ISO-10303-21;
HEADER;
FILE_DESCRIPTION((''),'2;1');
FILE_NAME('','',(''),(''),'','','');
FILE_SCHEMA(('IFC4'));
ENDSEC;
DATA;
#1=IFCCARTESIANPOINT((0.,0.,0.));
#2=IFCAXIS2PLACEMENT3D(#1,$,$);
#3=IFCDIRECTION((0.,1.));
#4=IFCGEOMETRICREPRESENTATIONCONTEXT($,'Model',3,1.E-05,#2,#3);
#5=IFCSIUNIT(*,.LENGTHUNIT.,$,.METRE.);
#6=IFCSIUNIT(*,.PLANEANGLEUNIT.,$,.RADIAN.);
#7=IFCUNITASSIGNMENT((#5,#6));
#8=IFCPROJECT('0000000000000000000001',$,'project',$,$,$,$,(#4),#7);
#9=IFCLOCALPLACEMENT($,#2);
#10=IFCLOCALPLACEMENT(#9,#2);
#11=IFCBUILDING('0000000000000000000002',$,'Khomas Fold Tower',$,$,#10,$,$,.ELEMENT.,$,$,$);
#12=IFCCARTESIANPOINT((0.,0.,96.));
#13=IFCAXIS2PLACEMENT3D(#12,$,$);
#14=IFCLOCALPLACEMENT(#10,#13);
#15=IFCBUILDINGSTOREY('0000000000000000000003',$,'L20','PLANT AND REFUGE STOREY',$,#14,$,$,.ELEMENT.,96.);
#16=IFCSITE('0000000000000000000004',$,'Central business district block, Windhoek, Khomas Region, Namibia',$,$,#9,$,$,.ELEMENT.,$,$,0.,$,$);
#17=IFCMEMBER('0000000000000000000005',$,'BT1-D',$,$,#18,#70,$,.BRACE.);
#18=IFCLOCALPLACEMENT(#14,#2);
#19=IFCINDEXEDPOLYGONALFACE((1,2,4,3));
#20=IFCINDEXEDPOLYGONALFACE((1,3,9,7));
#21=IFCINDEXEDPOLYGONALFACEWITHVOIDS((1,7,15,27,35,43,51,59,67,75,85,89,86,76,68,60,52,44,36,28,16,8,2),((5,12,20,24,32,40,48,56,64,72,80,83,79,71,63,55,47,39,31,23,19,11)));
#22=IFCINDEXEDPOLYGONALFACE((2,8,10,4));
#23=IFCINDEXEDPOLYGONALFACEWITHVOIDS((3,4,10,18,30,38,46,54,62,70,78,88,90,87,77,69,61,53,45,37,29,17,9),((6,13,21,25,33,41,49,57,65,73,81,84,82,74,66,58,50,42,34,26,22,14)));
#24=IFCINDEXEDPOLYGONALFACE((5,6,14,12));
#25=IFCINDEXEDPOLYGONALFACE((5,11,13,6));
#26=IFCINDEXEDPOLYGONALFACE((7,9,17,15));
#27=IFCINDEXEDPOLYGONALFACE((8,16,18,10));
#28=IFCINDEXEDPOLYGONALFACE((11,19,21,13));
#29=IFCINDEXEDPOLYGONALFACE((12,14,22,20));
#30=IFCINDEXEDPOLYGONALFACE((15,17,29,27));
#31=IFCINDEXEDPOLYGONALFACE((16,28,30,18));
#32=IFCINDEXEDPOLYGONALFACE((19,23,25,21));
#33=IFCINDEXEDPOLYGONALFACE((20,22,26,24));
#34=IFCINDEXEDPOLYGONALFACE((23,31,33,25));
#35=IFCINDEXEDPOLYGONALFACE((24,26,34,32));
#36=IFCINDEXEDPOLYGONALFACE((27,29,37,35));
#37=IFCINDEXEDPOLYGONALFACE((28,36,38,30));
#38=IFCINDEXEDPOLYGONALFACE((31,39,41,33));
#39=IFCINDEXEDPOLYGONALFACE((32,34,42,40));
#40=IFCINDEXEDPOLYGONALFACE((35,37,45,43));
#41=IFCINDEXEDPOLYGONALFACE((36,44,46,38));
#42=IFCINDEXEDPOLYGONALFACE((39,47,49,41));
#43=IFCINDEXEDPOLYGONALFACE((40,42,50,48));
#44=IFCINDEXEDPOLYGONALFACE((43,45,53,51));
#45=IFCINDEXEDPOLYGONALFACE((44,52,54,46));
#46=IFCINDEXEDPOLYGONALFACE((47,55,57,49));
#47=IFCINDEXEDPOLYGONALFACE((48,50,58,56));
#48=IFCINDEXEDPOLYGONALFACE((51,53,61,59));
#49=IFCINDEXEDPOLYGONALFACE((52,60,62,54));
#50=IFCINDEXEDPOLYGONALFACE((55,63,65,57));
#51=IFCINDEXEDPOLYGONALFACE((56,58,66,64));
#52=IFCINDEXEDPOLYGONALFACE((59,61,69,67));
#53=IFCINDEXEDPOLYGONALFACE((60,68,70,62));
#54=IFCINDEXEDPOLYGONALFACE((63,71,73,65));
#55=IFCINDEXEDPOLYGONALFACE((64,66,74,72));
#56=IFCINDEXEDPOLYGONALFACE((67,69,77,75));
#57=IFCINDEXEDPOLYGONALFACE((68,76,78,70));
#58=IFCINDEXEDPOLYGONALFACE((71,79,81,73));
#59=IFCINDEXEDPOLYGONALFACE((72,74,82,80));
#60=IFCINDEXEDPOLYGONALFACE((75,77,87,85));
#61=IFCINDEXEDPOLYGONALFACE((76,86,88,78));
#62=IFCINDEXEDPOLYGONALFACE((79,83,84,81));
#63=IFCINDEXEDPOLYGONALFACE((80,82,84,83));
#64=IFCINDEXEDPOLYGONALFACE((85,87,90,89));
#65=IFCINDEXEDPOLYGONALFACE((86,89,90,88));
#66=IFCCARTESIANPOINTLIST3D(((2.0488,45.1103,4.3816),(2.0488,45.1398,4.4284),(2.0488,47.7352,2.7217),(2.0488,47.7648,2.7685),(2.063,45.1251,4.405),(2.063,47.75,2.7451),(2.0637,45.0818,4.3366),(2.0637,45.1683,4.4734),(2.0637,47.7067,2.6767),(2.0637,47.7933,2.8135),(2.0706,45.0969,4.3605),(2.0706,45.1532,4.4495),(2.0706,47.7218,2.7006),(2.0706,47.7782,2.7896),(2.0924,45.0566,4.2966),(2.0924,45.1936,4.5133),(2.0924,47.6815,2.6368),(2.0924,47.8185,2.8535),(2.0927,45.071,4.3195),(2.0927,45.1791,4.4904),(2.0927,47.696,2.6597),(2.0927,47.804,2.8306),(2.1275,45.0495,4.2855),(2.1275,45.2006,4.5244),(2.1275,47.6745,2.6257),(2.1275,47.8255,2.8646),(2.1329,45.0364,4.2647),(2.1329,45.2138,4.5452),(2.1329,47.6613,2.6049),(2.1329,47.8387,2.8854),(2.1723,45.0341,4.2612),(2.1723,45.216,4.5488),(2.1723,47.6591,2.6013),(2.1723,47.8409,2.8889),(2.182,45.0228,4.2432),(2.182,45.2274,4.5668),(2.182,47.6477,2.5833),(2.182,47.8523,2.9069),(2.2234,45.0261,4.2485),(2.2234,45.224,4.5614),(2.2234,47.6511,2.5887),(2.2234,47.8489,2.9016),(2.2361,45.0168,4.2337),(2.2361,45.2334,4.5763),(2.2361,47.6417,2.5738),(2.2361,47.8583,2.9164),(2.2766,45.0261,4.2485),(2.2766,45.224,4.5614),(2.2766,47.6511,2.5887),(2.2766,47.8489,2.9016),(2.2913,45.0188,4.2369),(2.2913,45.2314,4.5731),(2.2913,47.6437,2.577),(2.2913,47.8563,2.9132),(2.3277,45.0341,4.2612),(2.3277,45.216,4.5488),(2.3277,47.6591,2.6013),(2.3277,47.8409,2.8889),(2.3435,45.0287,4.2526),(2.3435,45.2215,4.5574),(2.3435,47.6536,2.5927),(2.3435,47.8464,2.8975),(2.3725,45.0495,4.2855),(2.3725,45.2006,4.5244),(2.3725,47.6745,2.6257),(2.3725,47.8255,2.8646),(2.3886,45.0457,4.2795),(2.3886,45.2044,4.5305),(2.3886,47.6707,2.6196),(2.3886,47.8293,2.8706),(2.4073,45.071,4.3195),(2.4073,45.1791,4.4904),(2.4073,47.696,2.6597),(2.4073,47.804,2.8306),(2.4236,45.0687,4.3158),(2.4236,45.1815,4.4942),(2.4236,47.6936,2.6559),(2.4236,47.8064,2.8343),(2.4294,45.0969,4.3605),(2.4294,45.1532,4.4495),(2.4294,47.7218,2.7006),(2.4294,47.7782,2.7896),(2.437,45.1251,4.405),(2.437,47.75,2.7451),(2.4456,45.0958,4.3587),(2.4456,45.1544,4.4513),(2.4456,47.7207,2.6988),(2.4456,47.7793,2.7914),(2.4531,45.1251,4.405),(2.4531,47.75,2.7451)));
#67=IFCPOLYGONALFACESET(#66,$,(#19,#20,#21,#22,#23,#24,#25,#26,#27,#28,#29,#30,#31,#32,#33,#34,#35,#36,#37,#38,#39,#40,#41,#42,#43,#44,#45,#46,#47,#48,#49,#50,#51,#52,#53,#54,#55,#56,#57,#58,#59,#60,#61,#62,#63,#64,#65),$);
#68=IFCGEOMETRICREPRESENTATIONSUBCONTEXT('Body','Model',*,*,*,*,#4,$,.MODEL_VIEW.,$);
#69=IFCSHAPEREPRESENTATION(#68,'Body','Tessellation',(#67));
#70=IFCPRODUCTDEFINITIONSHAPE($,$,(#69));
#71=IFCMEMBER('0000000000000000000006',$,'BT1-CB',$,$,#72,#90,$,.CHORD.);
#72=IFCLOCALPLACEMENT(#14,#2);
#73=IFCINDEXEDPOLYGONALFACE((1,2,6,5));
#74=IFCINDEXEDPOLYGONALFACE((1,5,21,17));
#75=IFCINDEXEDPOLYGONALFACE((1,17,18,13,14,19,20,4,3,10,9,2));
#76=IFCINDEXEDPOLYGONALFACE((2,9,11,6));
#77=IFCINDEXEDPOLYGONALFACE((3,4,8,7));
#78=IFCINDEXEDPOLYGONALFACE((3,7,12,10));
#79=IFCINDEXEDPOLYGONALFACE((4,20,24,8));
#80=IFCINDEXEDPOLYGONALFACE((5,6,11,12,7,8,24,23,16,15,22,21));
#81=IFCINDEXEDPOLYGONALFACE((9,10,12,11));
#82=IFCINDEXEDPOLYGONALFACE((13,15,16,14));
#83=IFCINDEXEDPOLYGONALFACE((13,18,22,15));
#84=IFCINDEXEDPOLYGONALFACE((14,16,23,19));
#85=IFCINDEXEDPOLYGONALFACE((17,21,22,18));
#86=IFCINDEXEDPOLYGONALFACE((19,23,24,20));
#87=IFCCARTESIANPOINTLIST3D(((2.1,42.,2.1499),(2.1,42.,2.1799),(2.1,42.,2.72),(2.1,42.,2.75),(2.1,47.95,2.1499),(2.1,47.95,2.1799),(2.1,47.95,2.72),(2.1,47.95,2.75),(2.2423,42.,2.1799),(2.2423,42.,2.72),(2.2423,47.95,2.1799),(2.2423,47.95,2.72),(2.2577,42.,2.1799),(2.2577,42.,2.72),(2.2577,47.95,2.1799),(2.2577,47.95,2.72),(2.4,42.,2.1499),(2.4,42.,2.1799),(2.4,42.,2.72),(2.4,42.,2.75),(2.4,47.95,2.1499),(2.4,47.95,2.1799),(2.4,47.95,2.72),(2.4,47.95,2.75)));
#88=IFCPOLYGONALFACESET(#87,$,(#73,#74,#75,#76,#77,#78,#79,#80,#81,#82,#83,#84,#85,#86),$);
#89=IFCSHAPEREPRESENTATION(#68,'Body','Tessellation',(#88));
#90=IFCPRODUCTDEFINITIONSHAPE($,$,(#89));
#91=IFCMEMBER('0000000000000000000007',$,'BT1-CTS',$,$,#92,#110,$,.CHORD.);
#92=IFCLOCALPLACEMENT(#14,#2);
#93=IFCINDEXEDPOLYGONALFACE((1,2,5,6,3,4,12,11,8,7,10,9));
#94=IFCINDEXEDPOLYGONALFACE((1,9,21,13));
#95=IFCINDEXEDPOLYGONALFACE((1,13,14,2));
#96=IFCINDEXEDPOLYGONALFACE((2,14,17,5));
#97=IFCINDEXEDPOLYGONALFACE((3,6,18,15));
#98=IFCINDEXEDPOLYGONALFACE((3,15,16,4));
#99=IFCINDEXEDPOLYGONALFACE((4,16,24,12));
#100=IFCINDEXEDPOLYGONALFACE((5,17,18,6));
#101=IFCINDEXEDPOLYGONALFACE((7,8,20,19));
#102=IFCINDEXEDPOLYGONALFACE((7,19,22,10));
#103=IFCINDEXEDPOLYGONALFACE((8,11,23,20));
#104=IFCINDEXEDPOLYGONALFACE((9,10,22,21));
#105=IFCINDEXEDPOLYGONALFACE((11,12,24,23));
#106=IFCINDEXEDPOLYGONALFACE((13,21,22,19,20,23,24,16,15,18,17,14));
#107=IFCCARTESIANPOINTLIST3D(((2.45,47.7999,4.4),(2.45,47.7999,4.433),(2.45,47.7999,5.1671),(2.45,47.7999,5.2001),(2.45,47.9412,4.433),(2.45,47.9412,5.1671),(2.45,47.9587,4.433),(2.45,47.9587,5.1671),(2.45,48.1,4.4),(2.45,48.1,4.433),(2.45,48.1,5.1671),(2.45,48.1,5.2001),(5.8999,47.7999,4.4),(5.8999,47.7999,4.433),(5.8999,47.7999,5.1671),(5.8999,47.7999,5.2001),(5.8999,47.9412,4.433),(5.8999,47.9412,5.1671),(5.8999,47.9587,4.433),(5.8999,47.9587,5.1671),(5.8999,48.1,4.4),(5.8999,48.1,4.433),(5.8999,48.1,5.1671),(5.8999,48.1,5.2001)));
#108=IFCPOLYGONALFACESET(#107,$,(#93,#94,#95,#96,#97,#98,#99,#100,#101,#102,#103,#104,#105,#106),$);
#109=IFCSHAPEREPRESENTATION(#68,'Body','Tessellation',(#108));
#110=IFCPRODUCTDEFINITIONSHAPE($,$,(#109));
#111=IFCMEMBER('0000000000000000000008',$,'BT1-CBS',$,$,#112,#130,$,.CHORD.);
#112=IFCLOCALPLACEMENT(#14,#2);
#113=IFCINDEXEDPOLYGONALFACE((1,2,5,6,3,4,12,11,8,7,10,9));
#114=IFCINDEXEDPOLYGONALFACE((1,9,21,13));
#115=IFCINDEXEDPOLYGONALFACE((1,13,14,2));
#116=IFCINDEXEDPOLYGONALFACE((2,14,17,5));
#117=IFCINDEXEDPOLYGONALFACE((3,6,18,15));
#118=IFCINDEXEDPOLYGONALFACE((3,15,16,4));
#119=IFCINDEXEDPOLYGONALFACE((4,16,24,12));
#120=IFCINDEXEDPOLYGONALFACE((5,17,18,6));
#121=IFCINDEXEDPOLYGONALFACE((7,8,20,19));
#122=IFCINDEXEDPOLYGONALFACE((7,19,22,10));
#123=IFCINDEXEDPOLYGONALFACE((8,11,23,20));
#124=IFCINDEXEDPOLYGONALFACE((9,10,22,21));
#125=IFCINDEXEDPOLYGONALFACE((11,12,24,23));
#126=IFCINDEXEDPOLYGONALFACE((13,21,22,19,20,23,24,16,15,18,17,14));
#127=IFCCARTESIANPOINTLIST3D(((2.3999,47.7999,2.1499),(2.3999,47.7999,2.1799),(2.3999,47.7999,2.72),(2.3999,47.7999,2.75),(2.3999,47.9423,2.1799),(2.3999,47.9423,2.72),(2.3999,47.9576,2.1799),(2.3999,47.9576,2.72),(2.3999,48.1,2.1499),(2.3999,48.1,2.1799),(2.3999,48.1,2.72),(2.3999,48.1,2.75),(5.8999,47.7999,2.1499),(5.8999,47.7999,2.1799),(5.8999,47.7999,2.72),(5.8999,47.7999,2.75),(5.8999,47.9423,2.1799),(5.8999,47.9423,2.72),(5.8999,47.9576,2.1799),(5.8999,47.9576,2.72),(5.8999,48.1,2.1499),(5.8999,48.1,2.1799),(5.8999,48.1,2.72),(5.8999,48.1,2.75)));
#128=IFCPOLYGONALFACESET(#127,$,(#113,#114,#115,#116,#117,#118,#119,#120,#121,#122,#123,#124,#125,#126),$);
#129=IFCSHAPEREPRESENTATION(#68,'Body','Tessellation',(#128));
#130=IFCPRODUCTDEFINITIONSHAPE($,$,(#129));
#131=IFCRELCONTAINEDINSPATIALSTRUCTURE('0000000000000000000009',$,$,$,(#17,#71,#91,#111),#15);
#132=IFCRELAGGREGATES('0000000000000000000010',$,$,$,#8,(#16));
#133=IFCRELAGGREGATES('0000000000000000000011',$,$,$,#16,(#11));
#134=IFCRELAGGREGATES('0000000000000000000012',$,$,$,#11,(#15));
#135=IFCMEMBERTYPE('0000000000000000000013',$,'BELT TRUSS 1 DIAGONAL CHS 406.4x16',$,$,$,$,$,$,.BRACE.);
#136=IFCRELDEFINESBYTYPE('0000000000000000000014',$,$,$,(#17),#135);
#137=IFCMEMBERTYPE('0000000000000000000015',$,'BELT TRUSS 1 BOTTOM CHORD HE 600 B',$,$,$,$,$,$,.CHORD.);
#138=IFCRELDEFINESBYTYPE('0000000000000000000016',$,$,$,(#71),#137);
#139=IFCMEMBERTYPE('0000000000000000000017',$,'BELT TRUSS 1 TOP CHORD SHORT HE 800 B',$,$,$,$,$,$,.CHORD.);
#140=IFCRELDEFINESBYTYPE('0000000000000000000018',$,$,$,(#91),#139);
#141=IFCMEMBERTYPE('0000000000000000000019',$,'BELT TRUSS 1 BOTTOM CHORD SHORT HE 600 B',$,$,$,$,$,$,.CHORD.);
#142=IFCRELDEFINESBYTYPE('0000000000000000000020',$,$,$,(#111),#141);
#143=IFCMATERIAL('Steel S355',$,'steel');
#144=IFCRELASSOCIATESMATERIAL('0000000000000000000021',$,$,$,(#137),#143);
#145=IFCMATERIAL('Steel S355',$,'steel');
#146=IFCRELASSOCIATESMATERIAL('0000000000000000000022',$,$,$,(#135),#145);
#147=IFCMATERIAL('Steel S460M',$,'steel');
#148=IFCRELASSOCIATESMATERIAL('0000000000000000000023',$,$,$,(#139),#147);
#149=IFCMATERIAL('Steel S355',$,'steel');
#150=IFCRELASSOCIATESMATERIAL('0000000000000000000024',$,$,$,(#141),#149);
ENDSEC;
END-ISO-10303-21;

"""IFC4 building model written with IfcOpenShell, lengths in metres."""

from ifc_helpers import new_model, si_unit, direction, frame, origin, origin_2d, place, context, subcontext, project, spatial, hollow_circle, i_section, extrude, source, transform, mapped, material, material_profile, profile_set, type_object, element, save


model = new_model("IFC4")

# Units and contexts
model_context = context("Model", 3, precision=1e-05, world=origin(), true_north=direction((0.0, 1.0)))
body_context = subcontext(model_context, "Body", "Model", "MODEL_VIEW")
ifc_project = project(units=[si_unit("LENGTHUNIT", "METRE"), si_unit("PLANEANGLEUNIT", "RADIAN")], contexts=[model_context])

# Site, building, storey
site_placement = place(None, origin())
site = spatial("IfcSite", under=ifc_project, at=site_placement, Name="Central business district block, Windhoek, Khomas Region, Namibia", CompositionType="ELEMENT", RefElevation=0.0)
building_placement = place(site_placement, origin())
building = spatial("IfcBuilding", under=site, at=building_placement, Name="Khomas Fold Tower", CompositionType="ELEMENT")
storey_placement = place(building_placement, frame((0.0, 0.0, 96.0)))
storey = spatial("IfcBuildingStorey", under=building, at=storey_placement, Name="L20", Description="PLANT AND REFUGE STOREY", CompositionType="ELEMENT", Elevation=96.0)

# Members
ifc_material_1 = material(Name="Steel S355", Category="steel")
ifc_material_profile_1 = material_profile(ifc_material_1, i_section(OverallWidth=0.3, OverallDepth=0.6001, WebThickness=0.0154, FlangeThickness=0.03, at=origin_2d()), Name="HE 600 B")
ifc_profile_set_1 = profile_set([ifc_material_profile_1], Name="Steel S355")
member_type_1 = type_object("IfcMemberType", Name="BELT TRUSS 1 BOTTOM CHORD HE 600 B", PredefinedType="CHORD", material=ifc_profile_set_1)
ifc_material_2 = material(Name="Steel S355", Category="steel")
ifc_material_profile_2 = material_profile(ifc_material_2, hollow_circle(Radius=0.2031, WallThickness=0.0161, at=origin_2d()), Name="CHS 406.4x16")
ifc_profile_set_2 = profile_set([ifc_material_profile_2], Name="Steel S355")
member_type_2 = type_object("IfcMemberType", Name="BELT TRUSS 1 DIAGONAL CHS 406.4x16", PredefinedType="BRACE", material=ifc_profile_set_2)
shared_shape_1 = source(origin(), body_context, "Body", "SweptSolid", [
    extrude(hollow_circle(Radius=0.2031, WallThickness=0.0161, at=origin_2d()), origin(), (0.0, 0.0, 1.0), 3.1057),
])
member_1_placement = place(storey_placement, frame((2.25, 47.75, 2.7451), z_axis=(0.0, -0.845196, 0.534457), x_axis=(1.0, 0.0, 0.0)))
element("IfcMember", 1, at=member_1_placement, inside=storey, type_object=member_type_2, Name="BT1-D", PredefinedType="BRACE", context=body_context, shape_type="MappedRepresentation", body=[
    mapped(shared_shape_1, transform((0.0, 0.0, 0.0))),
])
shared_shape_2 = source(origin(), body_context, "Body", "SweptSolid", [
    extrude(i_section(OverallWidth=0.3, OverallDepth=0.6001, WebThickness=0.0154, FlangeThickness=0.03, at=origin_2d()), origin(), (0.0, 0.0, 1.0), 5.95),
])
member_2_placement = place(storey_placement, frame((2.25, 47.95, 2.45), z_axis=(0.0, -1.0, 0.0), x_axis=(1.0, 0.0, 0.0)))
element("IfcMember", 2, at=member_2_placement, inside=storey, type_object=member_type_1, Name="BT1-CB", PredefinedType="CHORD", context=body_context, shape_type="MappedRepresentation", body=[
    mapped(shared_shape_2, transform((0.0, 0.0, 0.0))),
])
ifc_material_3 = material(Name="Steel S460M", Category="steel")
ifc_material_profile_3 = material_profile(ifc_material_3, i_section(OverallWidth=0.3, OverallDepth=0.8, WebThickness=0.0176, FlangeThickness=0.033, at=origin_2d()), Name="HE 800 B")
ifc_profile_set_3 = profile_set([ifc_material_profile_3], Name="Steel S460M")
member_type_3 = type_object("IfcMemberType", Name="BELT TRUSS 1 TOP CHORD SHORT HE 800 B", PredefinedType="CHORD", material=ifc_profile_set_3)
shared_shape_3 = source(origin(), body_context, "Body", "SweptSolid", [
    extrude(i_section(OverallWidth=0.3, OverallDepth=0.8, WebThickness=0.0176, FlangeThickness=0.033, at=origin_2d()), origin(), (0.0, 0.0, 1.0), 3.45),
])
member_3_placement = place(storey_placement, frame((2.45, 47.95, 4.8), z_axis=(1.0, 0.0, 0.0), x_axis=(0.0, 1.0, 0.0)))
element("IfcMember", 3, at=member_3_placement, inside=storey, type_object=member_type_3, Name="BT1-CTS", PredefinedType="CHORD", context=body_context, shape_type="MappedRepresentation", body=[
    mapped(shared_shape_3, transform((0.0, 0.0, 0.0))),
])
ifc_material_4 = material(Name="Steel S355", Category="steel")
ifc_material_profile_4 = material_profile(ifc_material_4, i_section(OverallWidth=0.3, OverallDepth=0.6001, WebThickness=0.0154, FlangeThickness=0.03, at=origin_2d()), Name="HE 600 B")
ifc_profile_set_4 = profile_set([ifc_material_profile_4], Name="Steel S355")
member_type_4 = type_object("IfcMemberType", Name="BELT TRUSS 1 BOTTOM CHORD SHORT HE 600 B", PredefinedType="CHORD", material=ifc_profile_set_4)
shared_shape_4 = source(origin(), body_context, "Body", "SweptSolid", [
    extrude(i_section(OverallWidth=0.3, OverallDepth=0.6001, WebThickness=0.0154, FlangeThickness=0.03, at=origin_2d()), origin(), (0.0, 0.0, 1.0), 3.5),
])
member_4_placement = place(storey_placement, frame((2.3999, 47.95, 2.45), z_axis=(1.0, 0.0, 0.0), x_axis=(0.0, 1.0, 0.0)))
element("IfcMember", 4, at=member_4_placement, inside=storey, type_object=member_type_4, Name="BT1-CBS", PredefinedType="CHORD", context=body_context, shape_type="MappedRepresentation", body=[
    mapped(shared_shape_4, transform((0.0, 0.0, 0.0))),
])

save(model, "model.ifc")
